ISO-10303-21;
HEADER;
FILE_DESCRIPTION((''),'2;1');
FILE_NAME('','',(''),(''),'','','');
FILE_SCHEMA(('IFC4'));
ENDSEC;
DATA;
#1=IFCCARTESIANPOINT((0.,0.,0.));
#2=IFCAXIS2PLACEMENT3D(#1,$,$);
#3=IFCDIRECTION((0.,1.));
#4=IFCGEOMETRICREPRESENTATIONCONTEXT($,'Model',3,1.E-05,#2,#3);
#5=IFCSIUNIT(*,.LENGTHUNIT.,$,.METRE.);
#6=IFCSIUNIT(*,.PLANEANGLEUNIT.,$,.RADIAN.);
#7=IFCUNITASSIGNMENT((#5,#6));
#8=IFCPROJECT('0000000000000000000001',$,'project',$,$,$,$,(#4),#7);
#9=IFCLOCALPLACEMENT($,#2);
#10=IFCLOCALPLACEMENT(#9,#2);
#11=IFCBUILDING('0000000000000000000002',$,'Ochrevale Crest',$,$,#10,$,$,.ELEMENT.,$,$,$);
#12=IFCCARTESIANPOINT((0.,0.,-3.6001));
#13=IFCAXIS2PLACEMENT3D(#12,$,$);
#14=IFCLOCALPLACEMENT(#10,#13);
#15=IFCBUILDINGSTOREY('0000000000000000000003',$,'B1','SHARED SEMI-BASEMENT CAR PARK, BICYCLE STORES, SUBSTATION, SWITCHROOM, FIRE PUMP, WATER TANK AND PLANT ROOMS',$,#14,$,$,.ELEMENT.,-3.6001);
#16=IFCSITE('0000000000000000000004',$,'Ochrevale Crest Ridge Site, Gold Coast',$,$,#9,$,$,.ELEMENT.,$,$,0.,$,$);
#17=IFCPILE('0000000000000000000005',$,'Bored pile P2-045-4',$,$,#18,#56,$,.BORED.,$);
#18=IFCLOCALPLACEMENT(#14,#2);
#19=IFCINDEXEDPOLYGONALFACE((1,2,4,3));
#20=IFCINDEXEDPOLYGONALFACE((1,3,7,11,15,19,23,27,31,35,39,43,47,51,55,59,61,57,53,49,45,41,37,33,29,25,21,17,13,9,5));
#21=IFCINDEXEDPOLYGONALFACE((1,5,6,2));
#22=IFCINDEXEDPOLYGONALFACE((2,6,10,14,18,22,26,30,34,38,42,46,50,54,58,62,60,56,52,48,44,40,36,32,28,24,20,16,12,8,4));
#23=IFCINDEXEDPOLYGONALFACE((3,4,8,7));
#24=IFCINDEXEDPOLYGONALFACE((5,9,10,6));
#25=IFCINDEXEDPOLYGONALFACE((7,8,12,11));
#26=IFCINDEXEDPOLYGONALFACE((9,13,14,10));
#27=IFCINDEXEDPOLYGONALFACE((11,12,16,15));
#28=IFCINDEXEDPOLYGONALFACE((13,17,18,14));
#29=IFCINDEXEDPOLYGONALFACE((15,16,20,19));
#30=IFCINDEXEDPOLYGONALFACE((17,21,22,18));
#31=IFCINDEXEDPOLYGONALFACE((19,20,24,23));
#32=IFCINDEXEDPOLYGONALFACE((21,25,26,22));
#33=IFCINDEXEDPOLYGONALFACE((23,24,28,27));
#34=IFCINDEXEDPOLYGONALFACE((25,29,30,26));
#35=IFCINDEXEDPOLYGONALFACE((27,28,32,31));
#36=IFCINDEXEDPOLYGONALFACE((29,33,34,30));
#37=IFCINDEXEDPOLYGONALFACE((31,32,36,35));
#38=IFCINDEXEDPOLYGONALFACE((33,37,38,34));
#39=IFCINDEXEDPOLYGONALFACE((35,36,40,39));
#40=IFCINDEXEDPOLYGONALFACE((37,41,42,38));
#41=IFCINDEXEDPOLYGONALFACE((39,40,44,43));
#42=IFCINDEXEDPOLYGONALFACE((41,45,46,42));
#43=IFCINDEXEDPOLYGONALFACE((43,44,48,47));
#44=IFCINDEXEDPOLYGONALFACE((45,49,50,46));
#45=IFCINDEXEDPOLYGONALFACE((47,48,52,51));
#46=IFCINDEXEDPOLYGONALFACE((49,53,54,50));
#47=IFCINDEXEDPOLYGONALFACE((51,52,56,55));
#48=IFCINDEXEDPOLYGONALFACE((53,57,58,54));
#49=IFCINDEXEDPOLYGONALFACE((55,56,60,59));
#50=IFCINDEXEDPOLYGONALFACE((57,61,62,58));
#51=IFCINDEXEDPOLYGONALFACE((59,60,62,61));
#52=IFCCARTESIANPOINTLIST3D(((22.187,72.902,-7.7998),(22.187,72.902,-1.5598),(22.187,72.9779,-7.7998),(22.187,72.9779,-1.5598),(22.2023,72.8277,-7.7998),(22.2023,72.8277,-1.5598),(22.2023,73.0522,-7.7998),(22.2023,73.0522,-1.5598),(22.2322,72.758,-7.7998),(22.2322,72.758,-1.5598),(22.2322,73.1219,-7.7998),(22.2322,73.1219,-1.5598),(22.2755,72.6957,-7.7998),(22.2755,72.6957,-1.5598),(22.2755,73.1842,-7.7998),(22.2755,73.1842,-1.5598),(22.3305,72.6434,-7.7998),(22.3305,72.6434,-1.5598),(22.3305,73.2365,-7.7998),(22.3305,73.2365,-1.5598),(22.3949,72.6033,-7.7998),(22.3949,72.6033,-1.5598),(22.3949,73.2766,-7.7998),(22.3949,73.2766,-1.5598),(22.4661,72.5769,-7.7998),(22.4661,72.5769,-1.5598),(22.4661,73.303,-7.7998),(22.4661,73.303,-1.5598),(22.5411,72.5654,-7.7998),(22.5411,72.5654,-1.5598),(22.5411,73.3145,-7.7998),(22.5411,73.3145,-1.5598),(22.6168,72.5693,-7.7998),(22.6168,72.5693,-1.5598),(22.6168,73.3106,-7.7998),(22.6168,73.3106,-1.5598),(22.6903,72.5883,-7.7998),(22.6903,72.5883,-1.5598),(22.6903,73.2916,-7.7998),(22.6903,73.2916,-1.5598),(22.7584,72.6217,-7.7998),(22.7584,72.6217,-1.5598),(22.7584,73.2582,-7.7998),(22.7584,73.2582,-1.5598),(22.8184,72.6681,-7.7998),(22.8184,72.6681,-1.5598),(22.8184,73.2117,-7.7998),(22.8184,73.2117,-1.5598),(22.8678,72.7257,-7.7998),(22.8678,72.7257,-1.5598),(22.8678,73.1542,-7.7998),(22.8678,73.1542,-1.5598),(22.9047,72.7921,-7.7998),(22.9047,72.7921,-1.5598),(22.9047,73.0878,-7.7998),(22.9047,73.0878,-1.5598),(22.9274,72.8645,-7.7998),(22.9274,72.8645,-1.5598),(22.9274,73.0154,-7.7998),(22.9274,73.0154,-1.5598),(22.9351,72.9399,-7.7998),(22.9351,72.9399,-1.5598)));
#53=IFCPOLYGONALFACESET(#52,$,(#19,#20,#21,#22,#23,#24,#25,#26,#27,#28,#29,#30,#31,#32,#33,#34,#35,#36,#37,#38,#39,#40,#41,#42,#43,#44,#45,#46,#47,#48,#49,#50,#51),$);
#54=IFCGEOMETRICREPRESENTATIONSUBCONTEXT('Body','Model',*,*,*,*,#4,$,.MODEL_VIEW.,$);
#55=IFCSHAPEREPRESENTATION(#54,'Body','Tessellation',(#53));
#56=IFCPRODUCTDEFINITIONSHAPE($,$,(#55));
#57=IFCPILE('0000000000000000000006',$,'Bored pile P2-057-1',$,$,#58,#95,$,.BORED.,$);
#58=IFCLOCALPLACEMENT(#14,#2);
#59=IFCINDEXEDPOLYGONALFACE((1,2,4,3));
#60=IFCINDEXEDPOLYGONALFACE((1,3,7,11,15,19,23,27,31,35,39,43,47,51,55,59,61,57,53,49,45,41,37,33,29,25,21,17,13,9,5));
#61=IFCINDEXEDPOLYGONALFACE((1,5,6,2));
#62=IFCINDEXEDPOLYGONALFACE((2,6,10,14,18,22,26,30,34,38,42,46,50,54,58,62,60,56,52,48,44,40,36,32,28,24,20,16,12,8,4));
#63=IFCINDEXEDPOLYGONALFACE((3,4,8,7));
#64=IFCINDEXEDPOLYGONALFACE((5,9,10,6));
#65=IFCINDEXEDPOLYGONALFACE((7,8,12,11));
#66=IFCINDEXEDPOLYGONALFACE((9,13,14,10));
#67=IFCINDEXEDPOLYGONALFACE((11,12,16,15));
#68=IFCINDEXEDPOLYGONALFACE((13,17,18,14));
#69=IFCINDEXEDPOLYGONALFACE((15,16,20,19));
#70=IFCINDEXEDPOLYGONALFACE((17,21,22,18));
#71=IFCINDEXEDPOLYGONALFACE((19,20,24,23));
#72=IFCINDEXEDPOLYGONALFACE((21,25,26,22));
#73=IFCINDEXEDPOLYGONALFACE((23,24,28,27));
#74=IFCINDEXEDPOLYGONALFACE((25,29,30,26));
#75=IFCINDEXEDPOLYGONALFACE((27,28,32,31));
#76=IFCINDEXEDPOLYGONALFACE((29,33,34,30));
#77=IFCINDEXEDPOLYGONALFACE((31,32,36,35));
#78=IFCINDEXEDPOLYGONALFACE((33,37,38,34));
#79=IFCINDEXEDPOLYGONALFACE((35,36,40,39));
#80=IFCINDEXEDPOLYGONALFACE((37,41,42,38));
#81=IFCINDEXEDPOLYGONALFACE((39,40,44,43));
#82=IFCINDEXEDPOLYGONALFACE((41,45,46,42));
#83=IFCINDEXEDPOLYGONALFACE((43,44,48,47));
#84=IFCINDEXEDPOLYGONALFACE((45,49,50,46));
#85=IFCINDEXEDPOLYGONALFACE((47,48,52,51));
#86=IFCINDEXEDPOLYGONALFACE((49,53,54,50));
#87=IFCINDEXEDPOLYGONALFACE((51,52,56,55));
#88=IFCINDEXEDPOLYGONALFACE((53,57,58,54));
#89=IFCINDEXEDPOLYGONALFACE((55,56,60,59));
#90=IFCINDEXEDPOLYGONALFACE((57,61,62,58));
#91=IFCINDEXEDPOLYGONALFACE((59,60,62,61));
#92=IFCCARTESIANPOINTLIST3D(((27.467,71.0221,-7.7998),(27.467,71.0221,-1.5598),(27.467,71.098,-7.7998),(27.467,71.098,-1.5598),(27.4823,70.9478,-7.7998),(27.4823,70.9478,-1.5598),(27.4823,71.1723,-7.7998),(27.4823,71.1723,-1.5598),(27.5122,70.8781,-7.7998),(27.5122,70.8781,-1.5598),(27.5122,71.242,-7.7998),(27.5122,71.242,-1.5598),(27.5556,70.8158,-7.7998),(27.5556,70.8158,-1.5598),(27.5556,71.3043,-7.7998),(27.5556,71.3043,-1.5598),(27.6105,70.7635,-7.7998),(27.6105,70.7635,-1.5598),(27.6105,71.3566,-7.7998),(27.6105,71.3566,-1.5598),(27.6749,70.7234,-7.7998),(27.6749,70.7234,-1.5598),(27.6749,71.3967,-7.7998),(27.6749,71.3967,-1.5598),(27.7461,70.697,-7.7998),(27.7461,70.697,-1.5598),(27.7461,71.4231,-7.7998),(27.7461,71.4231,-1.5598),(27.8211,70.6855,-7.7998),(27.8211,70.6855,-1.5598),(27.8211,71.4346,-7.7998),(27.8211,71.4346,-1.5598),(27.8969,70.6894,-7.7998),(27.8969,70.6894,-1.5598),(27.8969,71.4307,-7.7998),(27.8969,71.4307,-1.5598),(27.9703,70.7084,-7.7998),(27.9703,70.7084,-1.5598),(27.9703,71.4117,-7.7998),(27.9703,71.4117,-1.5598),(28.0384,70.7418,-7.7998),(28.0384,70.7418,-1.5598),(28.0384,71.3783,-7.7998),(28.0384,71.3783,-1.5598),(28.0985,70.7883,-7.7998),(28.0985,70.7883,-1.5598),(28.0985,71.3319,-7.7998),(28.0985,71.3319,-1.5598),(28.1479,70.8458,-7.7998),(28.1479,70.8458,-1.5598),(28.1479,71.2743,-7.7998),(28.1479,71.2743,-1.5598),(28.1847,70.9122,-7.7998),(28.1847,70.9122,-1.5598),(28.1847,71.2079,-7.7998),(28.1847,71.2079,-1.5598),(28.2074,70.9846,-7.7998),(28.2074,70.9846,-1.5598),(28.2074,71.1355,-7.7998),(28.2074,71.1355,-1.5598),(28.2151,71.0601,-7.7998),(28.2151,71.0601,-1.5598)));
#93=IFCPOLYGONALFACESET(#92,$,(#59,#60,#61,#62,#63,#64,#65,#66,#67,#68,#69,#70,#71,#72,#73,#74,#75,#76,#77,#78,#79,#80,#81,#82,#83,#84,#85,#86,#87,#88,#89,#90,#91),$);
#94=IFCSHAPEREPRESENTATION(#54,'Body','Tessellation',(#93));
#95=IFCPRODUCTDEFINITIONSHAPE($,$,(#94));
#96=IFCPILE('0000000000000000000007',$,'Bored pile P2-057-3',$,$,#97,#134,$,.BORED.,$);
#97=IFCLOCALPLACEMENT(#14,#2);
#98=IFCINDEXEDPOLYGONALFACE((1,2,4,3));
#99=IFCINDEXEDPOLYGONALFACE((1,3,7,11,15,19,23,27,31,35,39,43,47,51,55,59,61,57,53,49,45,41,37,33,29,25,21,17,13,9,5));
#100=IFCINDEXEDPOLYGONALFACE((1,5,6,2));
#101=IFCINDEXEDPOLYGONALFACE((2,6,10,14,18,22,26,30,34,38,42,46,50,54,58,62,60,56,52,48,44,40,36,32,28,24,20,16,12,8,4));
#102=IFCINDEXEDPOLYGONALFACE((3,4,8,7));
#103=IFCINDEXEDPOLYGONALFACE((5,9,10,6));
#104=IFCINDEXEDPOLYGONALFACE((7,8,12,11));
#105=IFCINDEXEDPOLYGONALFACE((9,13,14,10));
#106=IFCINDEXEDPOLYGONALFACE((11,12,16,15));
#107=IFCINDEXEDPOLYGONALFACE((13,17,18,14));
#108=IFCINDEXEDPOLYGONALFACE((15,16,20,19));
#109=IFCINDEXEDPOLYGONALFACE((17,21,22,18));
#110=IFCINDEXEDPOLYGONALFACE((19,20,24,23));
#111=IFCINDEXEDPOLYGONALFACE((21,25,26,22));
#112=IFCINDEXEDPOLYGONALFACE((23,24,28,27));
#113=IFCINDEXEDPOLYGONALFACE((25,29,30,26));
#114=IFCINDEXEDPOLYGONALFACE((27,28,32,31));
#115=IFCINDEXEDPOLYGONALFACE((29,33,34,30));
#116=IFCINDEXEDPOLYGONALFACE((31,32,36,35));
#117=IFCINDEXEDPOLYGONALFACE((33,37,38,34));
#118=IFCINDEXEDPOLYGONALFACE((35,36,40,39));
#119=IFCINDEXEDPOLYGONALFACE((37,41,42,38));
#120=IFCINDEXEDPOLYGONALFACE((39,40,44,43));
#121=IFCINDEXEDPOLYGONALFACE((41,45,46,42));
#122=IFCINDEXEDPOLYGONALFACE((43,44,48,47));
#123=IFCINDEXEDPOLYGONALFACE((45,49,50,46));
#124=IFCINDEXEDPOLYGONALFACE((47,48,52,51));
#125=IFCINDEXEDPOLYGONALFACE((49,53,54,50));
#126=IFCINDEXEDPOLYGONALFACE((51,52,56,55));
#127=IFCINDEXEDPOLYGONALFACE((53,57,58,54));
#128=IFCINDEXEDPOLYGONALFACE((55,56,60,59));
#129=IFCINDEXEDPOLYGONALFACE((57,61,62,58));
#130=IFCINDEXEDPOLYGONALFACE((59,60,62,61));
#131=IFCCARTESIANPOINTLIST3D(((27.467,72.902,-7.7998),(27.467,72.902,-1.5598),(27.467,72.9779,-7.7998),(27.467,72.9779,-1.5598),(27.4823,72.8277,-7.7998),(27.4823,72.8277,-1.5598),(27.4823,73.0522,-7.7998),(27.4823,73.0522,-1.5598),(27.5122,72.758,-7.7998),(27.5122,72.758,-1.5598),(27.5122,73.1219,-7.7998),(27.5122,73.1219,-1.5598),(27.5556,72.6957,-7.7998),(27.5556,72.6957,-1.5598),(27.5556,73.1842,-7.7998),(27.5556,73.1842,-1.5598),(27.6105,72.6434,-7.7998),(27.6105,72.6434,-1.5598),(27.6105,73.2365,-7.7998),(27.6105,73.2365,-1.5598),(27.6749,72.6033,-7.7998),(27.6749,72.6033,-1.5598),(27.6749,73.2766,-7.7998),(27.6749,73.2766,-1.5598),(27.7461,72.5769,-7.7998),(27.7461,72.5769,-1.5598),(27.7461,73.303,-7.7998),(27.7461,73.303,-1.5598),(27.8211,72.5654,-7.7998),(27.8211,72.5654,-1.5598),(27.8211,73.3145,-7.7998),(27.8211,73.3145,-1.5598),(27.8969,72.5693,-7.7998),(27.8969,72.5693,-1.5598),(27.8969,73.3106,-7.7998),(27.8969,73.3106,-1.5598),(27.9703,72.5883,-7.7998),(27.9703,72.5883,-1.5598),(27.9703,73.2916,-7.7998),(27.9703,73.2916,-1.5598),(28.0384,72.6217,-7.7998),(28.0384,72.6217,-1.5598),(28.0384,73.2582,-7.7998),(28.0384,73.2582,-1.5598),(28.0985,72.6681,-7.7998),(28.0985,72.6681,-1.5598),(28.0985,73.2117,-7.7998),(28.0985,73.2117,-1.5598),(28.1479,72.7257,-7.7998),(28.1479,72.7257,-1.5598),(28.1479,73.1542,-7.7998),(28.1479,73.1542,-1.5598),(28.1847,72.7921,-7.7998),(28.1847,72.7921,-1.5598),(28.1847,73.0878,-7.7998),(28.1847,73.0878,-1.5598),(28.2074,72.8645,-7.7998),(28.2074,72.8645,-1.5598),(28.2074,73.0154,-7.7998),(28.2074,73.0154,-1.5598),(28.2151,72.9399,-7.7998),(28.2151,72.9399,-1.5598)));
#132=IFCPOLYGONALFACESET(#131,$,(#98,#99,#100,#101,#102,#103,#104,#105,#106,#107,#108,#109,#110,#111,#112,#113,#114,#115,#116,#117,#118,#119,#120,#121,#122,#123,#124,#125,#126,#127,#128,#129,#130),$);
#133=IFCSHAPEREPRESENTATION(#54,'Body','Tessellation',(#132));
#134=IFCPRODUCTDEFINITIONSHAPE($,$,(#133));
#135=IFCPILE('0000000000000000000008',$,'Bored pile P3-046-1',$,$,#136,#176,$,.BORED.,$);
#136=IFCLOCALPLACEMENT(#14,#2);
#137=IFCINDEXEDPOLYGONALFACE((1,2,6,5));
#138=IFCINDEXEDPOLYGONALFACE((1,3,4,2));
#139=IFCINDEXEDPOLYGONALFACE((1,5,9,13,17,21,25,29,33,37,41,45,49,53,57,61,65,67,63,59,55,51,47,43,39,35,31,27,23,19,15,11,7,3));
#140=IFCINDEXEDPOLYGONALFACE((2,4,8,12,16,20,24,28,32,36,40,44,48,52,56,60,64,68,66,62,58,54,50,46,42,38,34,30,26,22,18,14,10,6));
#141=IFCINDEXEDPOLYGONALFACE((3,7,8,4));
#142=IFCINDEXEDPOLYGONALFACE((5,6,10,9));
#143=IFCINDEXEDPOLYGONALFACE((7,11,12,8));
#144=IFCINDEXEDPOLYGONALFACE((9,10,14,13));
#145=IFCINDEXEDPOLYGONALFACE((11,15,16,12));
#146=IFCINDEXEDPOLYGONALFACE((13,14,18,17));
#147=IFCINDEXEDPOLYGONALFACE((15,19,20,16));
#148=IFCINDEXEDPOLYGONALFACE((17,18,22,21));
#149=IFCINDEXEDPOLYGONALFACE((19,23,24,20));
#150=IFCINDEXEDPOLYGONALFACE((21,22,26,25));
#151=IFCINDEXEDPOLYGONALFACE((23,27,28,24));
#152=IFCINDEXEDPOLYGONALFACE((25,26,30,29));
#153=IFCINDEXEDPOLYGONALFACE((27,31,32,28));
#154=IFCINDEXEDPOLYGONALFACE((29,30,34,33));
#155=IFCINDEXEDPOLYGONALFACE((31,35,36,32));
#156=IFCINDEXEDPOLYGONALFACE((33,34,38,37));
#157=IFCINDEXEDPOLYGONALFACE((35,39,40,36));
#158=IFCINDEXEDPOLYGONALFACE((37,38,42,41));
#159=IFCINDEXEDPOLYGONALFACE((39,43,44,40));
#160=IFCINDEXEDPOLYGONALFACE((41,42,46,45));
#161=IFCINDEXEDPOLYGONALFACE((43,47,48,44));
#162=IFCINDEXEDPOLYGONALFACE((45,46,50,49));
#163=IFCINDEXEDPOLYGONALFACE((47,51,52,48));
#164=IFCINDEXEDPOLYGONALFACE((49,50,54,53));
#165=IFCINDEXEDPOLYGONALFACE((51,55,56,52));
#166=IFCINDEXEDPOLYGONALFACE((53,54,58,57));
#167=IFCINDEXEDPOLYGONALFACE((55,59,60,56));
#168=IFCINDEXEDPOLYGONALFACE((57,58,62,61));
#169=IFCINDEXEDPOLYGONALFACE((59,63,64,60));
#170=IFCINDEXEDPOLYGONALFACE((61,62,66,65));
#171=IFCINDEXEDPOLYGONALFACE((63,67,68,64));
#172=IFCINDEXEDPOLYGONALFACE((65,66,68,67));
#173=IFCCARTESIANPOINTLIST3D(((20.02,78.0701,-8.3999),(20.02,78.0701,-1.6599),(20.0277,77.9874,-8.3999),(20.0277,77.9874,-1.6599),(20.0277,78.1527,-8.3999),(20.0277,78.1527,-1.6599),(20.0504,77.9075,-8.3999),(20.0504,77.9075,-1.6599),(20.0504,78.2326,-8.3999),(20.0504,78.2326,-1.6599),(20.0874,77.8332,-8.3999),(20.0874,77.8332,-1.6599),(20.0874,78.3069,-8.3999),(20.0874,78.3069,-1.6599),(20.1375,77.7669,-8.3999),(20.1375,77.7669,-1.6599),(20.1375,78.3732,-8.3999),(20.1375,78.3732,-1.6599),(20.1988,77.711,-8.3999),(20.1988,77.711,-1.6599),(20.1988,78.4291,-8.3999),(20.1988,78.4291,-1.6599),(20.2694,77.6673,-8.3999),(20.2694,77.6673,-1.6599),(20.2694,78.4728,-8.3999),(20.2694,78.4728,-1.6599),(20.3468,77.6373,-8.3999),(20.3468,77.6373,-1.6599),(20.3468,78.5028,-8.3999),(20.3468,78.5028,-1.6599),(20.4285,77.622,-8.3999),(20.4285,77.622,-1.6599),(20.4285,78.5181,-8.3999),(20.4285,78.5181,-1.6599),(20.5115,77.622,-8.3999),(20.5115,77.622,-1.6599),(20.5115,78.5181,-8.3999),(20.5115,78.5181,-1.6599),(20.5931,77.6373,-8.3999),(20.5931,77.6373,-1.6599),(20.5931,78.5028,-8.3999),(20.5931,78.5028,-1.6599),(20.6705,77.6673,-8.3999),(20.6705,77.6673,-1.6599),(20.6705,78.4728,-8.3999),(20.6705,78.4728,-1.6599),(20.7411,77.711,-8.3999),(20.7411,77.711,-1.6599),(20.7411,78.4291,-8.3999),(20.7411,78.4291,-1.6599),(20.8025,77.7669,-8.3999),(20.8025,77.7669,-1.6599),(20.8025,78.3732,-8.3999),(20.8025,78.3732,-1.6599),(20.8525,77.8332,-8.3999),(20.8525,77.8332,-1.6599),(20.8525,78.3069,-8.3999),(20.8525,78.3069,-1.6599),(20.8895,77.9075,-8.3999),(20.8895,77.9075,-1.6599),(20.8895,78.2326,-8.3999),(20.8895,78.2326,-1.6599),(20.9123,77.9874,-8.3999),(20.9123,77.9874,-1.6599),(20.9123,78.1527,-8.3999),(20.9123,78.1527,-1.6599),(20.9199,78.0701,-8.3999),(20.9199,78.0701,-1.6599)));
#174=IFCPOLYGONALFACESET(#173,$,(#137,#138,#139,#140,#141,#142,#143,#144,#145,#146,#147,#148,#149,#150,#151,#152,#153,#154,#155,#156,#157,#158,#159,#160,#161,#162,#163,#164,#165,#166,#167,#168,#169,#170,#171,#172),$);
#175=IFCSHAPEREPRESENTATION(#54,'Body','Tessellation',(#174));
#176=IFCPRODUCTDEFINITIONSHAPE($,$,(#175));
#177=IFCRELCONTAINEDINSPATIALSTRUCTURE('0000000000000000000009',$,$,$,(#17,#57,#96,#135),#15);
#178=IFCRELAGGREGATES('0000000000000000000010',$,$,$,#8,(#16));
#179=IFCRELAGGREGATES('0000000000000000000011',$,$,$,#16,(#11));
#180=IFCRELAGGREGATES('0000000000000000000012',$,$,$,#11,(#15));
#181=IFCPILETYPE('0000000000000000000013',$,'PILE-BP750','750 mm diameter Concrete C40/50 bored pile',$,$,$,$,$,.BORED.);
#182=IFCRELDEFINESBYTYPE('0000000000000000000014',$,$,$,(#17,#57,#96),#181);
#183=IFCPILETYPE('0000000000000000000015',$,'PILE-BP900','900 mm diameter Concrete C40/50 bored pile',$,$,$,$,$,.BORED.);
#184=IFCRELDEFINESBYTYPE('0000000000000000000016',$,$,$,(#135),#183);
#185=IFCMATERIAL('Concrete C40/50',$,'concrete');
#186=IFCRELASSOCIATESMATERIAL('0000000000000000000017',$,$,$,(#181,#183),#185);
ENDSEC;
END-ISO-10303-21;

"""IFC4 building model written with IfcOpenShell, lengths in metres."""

from ifc_helpers import new_model, si_unit, direction, frame, origin, origin_2d, place, context, subcontext, project, spatial, circle, extrude, material, material_profile, profile_set, type_object, element, save


model = new_model("IFC4")

# Units and contexts
model_context = context("Model", 3, precision=1e-05, world=origin(), true_north=direction((0.0, 1.0)))
body_context = subcontext(model_context, "Body", "Model", "MODEL_VIEW")
ifc_project = project(units=[si_unit("LENGTHUNIT", "METRE"), si_unit("PLANEANGLEUNIT", "RADIAN")], contexts=[model_context])

# Site, building, storey
site_placement = place(None, origin())
site = spatial("IfcSite", under=ifc_project, at=site_placement, Name="Ochrevale Crest Ridge Site, Gold Coast", CompositionType="ELEMENT", RefElevation=0.0)
building_placement = place(site_placement, origin())
building = spatial("IfcBuilding", under=site, at=building_placement, Name="Ochrevale Crest", CompositionType="ELEMENT")
storey_placement = place(building_placement, frame((0.0, 0.0, -3.6001)))
storey = spatial("IfcBuildingStorey", under=building, at=storey_placement, Name="B1", Description="SHARED SEMI-BASEMENT CAR PARK, BICYCLE STORES, SUBSTATION, SWITCHROOM, FIRE PUMP, WATER TANK AND PLANT ROOMS", CompositionType="ELEMENT", Elevation=-3.6001)

# Shared definitions
ifc_material_1 = material(Name="Concrete C40/50", Category="concrete")

# Piles
ifc_material_profile_1 = material_profile(ifc_material_1, circle(Radius=0.375, at=origin_2d()), Name="BORED PILE 750")
ifc_profile_set_1 = profile_set([ifc_material_profile_1], Name="Concrete C40/50")
pile_type_1 = type_object("IfcPileType", Name="PILE-BP750", Description="750 mm diameter Concrete C40/50 bored pile", PredefinedType="BORED", material=ifc_profile_set_1)
for number, where, z_axis, x_axis, name in (
    (1, (22.5601, 72.9399, -1.5598), (0.0, 0.0, -1.0), (1.0, 0.0, 0.0), "Bored pile P2-045-4"),
    (2, (27.8401, 71.0601, -1.5598), (0.0, 0.0, -1.0), (1.0, 0.0, 0.0), "Bored pile P2-057-1"),
    (3, (27.8401, 72.9399, -1.5598), (0.0, 0.0, -1.0), (1.0, 0.0, 0.0), "Bored pile P2-057-3"),
):
    element("IfcPile", number, at=place(storey_placement, frame(where, z_axis=z_axis, x_axis=x_axis)), inside=storey, type_object=pile_type_1, Name=name, PredefinedType="BORED", context=body_context, shape_type="SweptSolid", body=[
        extrude(circle(Radius=0.375, at=origin_2d()), origin(), (0.0, 0.0, 1.0), 6.24),
    ])
ifc_material_profile_2 = material_profile(ifc_material_1, circle(Radius=0.45, at=origin_2d()), Name="BORED PILE 900")
ifc_profile_set_2 = profile_set([ifc_material_profile_2], Name="Concrete C40/50")
pile_type_2 = type_object("IfcPileType", Name="PILE-BP900", Description="900 mm diameter Concrete C40/50 bored pile", PredefinedType="BORED", material=ifc_profile_set_2)
for number, where, z_axis, x_axis, name in (
    (4, (20.47, 78.0701, -1.6599), (0.0, 0.0, -1.0), (1.0, 0.0, 0.0), "Bored pile P3-046-1"),
):
    element("IfcPile", number, at=place(storey_placement, frame(where, z_axis=z_axis, x_axis=x_axis)), inside=storey, type_object=pile_type_2, Name=name, PredefinedType="BORED", context=body_context, shape_type="SweptSolid", body=[
        extrude(circle(Radius=0.45, at=origin_2d()), origin(), (0.0, 0.0, 1.0), 6.74),
    ])

save(model, "model.ifc")
